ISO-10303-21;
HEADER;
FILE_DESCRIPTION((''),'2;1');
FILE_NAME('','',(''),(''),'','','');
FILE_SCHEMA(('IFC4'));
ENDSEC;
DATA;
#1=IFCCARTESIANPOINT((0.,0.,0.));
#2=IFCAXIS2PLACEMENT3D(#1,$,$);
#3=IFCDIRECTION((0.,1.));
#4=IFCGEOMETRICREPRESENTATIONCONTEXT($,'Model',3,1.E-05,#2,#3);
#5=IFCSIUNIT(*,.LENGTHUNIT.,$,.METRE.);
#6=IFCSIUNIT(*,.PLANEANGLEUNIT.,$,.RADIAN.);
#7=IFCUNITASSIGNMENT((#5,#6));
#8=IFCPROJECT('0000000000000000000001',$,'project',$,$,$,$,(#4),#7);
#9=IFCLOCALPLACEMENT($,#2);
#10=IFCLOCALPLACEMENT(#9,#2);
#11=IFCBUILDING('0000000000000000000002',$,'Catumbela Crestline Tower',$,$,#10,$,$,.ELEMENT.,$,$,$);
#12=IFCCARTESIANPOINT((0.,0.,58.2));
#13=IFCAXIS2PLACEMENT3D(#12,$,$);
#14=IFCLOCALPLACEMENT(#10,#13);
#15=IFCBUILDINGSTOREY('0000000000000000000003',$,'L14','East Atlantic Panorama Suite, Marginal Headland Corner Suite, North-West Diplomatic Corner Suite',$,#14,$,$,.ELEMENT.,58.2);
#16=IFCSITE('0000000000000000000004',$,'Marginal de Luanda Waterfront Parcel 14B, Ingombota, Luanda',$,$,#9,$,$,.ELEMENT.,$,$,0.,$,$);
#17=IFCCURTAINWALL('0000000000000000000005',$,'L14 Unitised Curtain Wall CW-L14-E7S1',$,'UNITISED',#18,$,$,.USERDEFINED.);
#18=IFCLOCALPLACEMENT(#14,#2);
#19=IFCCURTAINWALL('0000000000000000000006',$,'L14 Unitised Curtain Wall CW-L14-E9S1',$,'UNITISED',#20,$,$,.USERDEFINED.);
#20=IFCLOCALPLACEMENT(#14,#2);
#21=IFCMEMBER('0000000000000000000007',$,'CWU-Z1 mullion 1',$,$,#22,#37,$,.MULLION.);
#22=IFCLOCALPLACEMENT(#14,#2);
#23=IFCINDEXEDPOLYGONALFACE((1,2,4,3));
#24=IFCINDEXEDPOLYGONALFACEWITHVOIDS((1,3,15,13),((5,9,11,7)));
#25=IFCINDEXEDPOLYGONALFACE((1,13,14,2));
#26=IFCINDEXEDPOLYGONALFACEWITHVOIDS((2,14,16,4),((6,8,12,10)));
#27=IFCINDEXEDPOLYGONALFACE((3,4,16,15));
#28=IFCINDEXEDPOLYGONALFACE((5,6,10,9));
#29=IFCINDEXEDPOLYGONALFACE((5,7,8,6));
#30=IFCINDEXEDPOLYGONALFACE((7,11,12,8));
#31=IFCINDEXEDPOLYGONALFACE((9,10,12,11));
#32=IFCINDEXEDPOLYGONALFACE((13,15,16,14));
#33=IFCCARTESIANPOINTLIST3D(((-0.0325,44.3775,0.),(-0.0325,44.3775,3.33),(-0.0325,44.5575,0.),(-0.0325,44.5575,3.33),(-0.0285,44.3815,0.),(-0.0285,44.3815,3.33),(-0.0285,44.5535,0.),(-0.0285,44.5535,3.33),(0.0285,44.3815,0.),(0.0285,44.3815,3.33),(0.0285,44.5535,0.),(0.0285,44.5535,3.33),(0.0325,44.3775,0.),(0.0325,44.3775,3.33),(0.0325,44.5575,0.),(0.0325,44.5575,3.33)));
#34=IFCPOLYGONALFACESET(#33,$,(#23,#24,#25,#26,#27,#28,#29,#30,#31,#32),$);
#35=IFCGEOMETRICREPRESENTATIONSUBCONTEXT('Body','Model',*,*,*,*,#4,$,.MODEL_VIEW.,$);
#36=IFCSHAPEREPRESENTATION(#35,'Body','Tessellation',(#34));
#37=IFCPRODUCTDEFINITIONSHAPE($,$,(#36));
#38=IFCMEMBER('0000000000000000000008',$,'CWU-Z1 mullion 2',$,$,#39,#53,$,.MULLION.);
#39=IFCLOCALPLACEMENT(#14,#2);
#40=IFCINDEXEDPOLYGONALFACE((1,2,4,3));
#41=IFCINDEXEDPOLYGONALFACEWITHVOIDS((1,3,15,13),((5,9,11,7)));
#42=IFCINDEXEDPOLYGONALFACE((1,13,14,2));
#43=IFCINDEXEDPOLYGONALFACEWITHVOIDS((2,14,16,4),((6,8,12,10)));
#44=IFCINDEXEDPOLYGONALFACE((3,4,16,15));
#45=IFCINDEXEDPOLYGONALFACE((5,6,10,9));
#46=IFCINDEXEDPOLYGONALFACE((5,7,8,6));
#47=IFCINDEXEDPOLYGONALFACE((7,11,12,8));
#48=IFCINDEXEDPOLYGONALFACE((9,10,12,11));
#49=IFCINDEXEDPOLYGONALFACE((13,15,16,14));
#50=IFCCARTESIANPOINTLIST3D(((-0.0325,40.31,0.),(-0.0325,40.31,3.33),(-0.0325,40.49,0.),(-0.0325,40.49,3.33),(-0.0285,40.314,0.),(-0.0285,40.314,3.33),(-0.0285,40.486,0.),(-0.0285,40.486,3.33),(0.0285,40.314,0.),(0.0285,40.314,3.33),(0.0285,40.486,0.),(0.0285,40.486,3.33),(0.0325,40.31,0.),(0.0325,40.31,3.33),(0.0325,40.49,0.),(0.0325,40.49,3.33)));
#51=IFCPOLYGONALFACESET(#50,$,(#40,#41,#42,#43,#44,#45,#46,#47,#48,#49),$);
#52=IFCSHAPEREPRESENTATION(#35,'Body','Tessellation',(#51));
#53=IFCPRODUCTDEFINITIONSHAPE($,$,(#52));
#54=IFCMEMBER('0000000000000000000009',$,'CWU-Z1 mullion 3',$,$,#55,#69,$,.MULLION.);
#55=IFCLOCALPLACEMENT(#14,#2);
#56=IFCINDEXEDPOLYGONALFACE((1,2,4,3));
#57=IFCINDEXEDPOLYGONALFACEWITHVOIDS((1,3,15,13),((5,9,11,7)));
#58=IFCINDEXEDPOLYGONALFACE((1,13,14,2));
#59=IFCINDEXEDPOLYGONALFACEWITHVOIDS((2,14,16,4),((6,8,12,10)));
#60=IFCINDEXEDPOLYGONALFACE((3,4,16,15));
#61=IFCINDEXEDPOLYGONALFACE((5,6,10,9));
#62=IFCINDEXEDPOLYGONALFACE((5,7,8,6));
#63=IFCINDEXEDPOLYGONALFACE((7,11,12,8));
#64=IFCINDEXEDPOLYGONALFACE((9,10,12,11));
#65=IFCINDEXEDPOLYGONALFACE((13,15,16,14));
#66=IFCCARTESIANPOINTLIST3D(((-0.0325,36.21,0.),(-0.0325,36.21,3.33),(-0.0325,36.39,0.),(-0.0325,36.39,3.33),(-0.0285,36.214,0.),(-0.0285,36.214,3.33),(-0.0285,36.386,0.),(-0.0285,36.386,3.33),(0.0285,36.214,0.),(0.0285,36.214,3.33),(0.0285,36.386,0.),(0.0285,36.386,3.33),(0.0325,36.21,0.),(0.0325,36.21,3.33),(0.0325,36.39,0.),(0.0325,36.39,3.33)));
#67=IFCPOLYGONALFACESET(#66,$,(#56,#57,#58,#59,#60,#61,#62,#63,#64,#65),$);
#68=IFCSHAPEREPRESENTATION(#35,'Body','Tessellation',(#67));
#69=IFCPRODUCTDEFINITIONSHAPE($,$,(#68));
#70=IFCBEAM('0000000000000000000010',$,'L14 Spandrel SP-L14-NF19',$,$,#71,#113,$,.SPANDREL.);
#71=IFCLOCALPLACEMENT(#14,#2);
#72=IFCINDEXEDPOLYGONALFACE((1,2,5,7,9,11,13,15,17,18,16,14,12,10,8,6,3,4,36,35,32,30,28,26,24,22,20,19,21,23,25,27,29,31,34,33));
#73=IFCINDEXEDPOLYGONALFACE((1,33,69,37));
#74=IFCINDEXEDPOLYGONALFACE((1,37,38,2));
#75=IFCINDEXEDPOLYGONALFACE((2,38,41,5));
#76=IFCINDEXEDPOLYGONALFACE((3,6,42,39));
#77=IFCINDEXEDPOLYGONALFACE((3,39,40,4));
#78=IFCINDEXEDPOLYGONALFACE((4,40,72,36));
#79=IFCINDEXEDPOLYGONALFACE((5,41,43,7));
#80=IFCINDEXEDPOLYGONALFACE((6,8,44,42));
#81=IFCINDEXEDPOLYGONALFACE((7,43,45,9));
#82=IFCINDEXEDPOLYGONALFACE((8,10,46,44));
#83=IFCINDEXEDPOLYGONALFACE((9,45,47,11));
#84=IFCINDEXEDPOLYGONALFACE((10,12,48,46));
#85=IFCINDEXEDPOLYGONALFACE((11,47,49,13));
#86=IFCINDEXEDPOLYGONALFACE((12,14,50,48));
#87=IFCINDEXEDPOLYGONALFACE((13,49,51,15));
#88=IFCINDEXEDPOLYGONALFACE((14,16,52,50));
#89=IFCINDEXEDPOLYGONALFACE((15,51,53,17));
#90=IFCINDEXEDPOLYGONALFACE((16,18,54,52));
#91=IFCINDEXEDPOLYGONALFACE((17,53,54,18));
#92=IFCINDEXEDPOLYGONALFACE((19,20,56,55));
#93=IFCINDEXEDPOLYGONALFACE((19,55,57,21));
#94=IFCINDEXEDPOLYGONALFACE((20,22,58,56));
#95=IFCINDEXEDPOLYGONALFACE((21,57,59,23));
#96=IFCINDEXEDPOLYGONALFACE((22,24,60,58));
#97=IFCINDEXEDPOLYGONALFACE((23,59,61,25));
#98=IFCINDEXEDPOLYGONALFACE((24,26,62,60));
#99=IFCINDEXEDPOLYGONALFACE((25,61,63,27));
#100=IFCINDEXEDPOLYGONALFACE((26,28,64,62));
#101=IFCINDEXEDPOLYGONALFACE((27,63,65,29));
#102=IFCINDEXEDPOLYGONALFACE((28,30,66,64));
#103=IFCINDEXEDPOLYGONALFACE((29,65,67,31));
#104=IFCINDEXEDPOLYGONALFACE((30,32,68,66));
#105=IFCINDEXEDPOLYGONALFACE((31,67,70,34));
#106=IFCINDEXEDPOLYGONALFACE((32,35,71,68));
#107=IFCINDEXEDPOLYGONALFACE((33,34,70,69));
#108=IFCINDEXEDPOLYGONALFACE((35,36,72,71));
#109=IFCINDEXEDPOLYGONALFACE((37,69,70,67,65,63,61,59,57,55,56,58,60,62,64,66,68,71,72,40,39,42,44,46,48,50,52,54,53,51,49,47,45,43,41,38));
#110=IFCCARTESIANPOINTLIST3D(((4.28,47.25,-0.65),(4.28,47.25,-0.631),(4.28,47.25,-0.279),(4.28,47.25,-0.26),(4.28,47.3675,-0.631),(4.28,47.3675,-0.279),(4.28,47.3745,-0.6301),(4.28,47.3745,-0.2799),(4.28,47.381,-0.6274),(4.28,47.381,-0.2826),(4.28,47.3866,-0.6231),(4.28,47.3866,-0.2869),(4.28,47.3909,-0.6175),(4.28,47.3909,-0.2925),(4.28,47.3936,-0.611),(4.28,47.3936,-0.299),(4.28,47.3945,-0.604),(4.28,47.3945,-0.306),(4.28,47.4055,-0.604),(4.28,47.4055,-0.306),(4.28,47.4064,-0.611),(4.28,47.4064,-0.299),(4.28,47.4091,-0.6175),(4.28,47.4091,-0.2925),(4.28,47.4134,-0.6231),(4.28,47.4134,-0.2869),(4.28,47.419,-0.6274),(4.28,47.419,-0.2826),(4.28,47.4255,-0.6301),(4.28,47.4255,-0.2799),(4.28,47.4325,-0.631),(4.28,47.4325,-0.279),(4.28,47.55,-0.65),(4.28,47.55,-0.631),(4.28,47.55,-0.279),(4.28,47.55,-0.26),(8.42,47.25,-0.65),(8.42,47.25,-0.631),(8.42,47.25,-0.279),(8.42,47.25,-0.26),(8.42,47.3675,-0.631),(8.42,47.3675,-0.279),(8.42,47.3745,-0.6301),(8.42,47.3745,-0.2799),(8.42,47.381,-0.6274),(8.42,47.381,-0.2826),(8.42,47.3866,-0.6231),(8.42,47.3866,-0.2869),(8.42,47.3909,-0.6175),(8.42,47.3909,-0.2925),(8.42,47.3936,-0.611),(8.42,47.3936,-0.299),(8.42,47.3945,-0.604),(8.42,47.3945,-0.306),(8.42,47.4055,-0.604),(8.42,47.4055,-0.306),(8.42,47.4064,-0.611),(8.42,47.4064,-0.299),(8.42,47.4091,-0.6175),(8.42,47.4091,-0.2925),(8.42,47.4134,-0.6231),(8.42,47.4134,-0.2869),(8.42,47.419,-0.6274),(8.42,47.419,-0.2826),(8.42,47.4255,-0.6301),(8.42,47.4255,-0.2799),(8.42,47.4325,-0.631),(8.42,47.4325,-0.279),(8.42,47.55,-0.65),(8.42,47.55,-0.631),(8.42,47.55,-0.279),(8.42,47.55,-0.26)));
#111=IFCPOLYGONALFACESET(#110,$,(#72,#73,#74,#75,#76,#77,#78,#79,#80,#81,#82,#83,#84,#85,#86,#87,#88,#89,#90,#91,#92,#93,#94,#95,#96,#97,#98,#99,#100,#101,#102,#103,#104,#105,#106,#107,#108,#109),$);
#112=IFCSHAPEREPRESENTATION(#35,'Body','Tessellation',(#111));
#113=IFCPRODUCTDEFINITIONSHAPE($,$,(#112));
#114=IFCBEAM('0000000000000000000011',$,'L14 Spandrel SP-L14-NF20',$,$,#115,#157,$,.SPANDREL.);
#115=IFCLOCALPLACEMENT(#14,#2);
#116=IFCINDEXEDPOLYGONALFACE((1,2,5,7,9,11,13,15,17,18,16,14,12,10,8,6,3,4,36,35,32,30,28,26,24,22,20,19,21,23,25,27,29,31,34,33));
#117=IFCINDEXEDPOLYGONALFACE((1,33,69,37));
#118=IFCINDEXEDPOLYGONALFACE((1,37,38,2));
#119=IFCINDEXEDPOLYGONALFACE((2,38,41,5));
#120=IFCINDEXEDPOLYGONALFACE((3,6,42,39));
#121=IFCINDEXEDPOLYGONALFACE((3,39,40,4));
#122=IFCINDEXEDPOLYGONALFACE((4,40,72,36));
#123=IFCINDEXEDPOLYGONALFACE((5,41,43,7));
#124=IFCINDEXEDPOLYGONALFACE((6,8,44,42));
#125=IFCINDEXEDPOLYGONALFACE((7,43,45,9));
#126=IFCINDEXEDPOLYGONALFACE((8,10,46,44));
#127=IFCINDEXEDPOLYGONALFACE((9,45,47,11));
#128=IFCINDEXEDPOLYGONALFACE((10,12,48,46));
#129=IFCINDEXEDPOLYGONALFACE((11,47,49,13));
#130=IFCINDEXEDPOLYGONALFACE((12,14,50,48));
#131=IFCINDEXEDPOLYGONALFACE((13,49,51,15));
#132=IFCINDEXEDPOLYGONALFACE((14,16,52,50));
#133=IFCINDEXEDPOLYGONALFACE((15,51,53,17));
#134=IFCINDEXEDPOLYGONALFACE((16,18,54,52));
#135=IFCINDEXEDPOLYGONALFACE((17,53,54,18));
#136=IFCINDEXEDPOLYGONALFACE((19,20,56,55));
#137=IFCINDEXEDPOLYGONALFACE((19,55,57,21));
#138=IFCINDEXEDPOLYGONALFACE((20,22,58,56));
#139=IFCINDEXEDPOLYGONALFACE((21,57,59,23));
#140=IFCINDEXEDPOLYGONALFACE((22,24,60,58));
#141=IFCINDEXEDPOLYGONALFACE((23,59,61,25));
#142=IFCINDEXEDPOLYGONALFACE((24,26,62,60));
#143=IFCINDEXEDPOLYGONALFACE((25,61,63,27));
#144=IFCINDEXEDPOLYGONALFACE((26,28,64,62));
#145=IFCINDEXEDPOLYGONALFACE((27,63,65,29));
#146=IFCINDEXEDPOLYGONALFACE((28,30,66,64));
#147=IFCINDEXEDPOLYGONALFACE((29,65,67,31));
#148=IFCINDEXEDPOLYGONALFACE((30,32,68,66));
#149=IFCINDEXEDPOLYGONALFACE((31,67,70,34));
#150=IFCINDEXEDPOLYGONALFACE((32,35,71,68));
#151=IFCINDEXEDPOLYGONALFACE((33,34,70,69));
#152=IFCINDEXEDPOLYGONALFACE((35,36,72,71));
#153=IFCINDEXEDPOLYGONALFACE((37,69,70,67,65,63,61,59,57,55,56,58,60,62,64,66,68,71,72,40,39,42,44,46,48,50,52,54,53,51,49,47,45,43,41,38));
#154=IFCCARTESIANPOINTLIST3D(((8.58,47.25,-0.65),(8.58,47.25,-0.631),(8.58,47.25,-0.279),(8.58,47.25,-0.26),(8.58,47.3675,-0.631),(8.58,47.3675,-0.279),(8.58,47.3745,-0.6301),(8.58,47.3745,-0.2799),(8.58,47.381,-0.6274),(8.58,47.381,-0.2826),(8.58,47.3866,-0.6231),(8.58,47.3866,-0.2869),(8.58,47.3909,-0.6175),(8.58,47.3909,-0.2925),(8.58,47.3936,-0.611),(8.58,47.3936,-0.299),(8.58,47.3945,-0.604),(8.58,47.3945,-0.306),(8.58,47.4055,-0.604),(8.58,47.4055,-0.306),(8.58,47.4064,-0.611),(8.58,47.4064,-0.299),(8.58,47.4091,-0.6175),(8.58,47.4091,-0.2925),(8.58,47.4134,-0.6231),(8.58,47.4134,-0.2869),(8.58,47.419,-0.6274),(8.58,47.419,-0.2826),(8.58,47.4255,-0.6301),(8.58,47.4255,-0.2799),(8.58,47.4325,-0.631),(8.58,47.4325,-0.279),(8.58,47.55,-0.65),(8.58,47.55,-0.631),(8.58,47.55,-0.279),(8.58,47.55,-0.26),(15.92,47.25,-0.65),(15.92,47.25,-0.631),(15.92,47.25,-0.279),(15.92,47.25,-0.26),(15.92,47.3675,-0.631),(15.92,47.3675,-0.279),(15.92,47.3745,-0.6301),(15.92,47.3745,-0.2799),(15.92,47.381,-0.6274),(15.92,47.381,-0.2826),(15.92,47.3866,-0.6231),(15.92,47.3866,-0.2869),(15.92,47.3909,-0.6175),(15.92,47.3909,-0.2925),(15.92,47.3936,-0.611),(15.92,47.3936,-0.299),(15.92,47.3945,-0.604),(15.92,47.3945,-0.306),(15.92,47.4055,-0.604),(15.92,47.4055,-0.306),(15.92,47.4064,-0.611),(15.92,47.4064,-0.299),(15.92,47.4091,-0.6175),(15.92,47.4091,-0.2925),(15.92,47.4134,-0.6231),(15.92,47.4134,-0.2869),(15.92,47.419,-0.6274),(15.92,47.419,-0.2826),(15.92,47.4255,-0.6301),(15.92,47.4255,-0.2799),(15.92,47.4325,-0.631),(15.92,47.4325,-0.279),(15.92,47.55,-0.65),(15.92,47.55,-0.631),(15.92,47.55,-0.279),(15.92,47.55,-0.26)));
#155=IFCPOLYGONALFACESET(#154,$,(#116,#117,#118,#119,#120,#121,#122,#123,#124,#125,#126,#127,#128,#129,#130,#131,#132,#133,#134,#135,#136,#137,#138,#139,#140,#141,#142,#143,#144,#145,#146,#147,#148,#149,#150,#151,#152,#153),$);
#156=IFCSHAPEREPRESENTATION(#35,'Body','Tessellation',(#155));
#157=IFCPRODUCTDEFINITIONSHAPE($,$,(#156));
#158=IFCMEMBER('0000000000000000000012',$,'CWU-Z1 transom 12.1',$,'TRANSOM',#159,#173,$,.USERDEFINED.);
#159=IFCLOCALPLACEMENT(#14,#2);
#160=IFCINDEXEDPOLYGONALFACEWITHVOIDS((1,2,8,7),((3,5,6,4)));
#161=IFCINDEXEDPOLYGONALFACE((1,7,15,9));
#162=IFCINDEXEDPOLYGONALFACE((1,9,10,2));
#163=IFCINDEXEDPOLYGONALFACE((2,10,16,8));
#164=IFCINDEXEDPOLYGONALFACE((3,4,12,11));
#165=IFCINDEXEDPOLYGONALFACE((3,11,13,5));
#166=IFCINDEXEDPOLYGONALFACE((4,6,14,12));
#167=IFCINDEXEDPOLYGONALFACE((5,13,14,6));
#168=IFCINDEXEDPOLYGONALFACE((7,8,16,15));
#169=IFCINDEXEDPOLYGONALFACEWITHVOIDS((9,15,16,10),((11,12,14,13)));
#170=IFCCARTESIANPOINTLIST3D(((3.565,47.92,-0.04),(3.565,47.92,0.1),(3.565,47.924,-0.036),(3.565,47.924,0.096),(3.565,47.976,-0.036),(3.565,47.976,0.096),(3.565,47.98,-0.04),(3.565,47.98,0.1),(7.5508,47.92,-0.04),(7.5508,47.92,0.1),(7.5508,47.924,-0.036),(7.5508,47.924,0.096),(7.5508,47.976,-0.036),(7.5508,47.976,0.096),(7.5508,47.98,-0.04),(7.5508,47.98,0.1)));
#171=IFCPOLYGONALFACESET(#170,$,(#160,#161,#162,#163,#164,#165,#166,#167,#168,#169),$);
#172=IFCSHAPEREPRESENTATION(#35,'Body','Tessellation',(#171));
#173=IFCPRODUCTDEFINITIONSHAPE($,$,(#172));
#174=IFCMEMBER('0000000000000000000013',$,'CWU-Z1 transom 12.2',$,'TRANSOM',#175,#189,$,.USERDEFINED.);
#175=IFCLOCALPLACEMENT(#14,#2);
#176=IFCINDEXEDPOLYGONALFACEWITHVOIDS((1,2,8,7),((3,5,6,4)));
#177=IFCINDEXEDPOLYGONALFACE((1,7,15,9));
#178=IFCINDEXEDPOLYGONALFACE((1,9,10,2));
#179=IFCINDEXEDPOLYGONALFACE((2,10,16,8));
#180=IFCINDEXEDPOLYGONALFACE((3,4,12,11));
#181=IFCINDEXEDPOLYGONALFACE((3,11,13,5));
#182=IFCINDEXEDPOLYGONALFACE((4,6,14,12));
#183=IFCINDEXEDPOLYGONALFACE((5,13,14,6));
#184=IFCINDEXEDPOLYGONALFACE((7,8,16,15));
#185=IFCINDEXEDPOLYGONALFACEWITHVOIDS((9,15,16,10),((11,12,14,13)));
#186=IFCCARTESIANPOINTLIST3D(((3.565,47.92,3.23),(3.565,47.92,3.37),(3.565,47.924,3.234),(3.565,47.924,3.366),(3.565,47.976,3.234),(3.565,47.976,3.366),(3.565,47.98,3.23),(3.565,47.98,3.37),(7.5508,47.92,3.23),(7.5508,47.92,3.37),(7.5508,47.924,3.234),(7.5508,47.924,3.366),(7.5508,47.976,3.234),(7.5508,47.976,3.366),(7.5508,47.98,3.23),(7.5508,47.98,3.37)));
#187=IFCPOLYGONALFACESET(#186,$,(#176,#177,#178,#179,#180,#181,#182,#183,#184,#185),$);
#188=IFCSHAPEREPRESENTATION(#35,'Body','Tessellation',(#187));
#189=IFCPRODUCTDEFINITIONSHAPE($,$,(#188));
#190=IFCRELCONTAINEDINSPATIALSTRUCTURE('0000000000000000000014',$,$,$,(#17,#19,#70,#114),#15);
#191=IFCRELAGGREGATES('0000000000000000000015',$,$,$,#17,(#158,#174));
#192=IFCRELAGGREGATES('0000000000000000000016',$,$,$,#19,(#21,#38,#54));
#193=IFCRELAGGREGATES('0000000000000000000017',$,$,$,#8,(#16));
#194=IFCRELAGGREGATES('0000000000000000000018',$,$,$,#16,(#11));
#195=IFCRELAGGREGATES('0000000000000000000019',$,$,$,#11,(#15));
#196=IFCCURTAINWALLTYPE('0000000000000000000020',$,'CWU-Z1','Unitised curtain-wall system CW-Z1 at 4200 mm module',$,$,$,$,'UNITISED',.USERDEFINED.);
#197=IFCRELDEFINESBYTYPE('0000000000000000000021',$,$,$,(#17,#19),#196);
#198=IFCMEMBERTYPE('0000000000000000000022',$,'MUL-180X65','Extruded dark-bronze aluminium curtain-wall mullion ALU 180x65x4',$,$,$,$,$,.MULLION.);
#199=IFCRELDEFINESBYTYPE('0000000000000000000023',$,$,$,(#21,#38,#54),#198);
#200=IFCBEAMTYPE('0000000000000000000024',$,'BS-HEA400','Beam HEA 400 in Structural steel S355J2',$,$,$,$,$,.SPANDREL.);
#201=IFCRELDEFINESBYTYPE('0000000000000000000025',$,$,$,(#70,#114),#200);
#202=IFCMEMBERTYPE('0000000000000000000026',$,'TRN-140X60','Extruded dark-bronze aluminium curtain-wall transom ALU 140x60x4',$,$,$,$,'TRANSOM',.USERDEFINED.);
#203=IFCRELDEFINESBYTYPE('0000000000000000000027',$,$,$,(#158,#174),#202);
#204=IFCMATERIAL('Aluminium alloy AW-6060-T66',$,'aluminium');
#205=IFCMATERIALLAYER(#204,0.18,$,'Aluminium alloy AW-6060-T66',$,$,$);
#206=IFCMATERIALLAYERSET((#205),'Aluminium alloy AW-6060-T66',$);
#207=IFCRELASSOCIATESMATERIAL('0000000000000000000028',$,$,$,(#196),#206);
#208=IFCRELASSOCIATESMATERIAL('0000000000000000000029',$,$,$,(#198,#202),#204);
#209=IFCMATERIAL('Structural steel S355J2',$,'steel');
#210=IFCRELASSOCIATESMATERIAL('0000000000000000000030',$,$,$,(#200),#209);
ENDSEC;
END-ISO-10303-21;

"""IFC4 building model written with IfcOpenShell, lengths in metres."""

from ifc_helpers import new_model, si_unit, direction, frame, origin, origin_2d, place, context, subcontext, project, spatial, hollow_rectangle, i_section, extrude, material, layer, layer_set, material_profile, profile_set, type_object, element, aggregate, save


model = new_model("IFC4")

# Units and contexts
model_context = context("Model", 3, precision=1e-05, world=origin(), true_north=direction((0.0, 1.0)))
body_context = subcontext(model_context, "Body", "Model", "MODEL_VIEW")
ifc_project = project(units=[si_unit("LENGTHUNIT", "METRE"), si_unit("PLANEANGLEUNIT", "RADIAN")], contexts=[model_context])

# Site, building, storey
site_placement = place(None, origin())
site = spatial("IfcSite", under=ifc_project, at=site_placement, Name="Marginal de Luanda Waterfront Parcel 14B, Ingombota, Luanda", CompositionType="ELEMENT", RefElevation=0.0)
building_placement = place(site_placement, origin())
building = spatial("IfcBuilding", under=site, at=building_placement, Name="Catumbela Crestline Tower", CompositionType="ELEMENT")
storey_placement = place(building_placement, frame((0.0, 0.0, 58.2)))
storey = spatial("IfcBuildingStorey", under=building, at=storey_placement, Name="L14", Description="East Atlantic Panorama Suite, Marginal Headland Corner Suite, North-West Diplomatic Corner Suite", CompositionType="ELEMENT", Elevation=58.2)

# Shared definitions
ifc_material_1 = material(Name="Structural steel S355J2", Category="steel")

# Curtain walls, members
ifc_material_2 = material(Name="Aluminium alloy AW-6060-T66", Category="aluminium")
ifc_layer_1 = layer(ifc_material_2, 0.18, Name="Aluminium alloy AW-6060-T66")
ifc_layer_set_1 = layer_set([ifc_layer_1], Name="Aluminium alloy AW-6060-T66")
curtain_wall_type = type_object("IfcCurtainWallType", Name="CWU-Z1", Description="Unitised curtain-wall system CW-Z1 at 4200 mm module", ElementType="UNITISED", PredefinedType="USERDEFINED", material=ifc_layer_set_1)
curtain_wall_1_placement = place(storey_placement, origin())
curtain_wall_1 = element("IfcCurtainWall", 1, at=curtain_wall_1_placement, inside=storey, type_object=curtain_wall_type, Name="L14 Unitised Curtain Wall CW-L14-E7S1", ObjectType="UNITISED", PredefinedType="USERDEFINED")
ifc_material_profile_1 = material_profile(ifc_material_2, hollow_rectangle(XDim=0.065, YDim=0.18, WallThickness=0.004, at=origin_2d()), Name="ALU 180x65x4")
ifc_profile_set_1 = profile_set([ifc_material_profile_1], Name="Aluminium alloy AW-6060-T66")
member_type_1 = type_object("IfcMemberType", Name="MUL-180X65", Description="Extruded dark-bronze aluminium curtain-wall mullion ALU 180x65x4", PredefinedType="MULLION", material=ifc_profile_set_1)
curtain_wall_2_placement = place(storey_placement, origin())
curtain_wall_2 = element("IfcCurtainWall", 2, at=curtain_wall_2_placement, inside=storey, type_object=curtain_wall_type, Name="L14 Unitised Curtain Wall CW-L14-E9S1", ObjectType="UNITISED", PredefinedType="USERDEFINED")
member_1_placement = place(storey_placement, frame((0.0, 44.4675, 0.0), z_axis=(0.0, 0.0, 1.0), x_axis=(1.0, 0.0, 0.0)))
member_1 = element("IfcMember", 3, at=member_1_placement, type_object=member_type_1, Name="CWU-Z1 mullion 1", PredefinedType="MULLION", context=body_context, shape_type="SweptSolid", body=[
    extrude(hollow_rectangle(XDim=0.065, YDim=0.18, WallThickness=0.004, at=origin_2d()), origin(), (0.0, 0.0, 1.0), 3.33),
])
member_2_placement = place(storey_placement, frame((0.0, 40.4, 0.0), z_axis=(0.0, 0.0, 1.0), x_axis=(1.0, 0.0, 0.0)))
member_2 = element("IfcMember", 4, at=member_2_placement, type_object=member_type_1, Name="CWU-Z1 mullion 2", PredefinedType="MULLION", context=body_context, shape_type="SweptSolid", body=[
    extrude(hollow_rectangle(XDim=0.065, YDim=0.18, WallThickness=0.004, at=origin_2d()), origin(), (0.0, 0.0, 1.0), 3.33),
])
member_3_placement = place(storey_placement, frame((0.0, 36.3, 0.0), z_axis=(0.0, 0.0, 1.0), x_axis=(1.0, 0.0, 0.0)))
member_3 = element("IfcMember", 5, at=member_3_placement, type_object=member_type_1, Name="CWU-Z1 mullion 3", PredefinedType="MULLION", context=body_context, shape_type="SweptSolid", body=[
    extrude(hollow_rectangle(XDim=0.065, YDim=0.18, WallThickness=0.004, at=origin_2d()), origin(), (0.0, 0.0, 1.0), 3.33),
])

# Beams
ifc_material_profile_2 = material_profile(ifc_material_1, i_section(OverallWidth=0.3, OverallDepth=0.39, WebThickness=0.011, FlangeThickness=0.019, FilletRadius=0.027, at=origin_2d()), Name="HEA 400")
ifc_profile_set_2 = profile_set([ifc_material_profile_2], Name="Structural steel S355J2")
beam_type_1 = type_object("IfcBeamType", Name="BS-HEA400", Description="Beam HEA 400 in Structural steel S355J2", PredefinedType="SPANDREL", material=ifc_profile_set_2)
beam_1_placement = place(storey_placement, frame((4.28, 47.4, -0.455), z_axis=(1.0, 0.0, 0.0), x_axis=(0.0, 1.0, 0.0)))
element("IfcBeam", 6, at=beam_1_placement, inside=storey, type_object=beam_type_1, Name="L14 Spandrel SP-L14-NF19", PredefinedType="SPANDREL", context=body_context, shape_type="SweptSolid", body=[
    extrude(i_section(OverallWidth=0.3, OverallDepth=0.39, WebThickness=0.011, FlangeThickness=0.019, FilletRadius=0.027, at=origin_2d()), origin(), (0.0, 0.0, 1.0), 4.14),
])
beam_2_placement = place(storey_placement, frame((8.58, 47.4, -0.455), z_axis=(1.0, 0.0, 0.0), x_axis=(0.0, 1.0, 0.0)))
element("IfcBeam", 7, at=beam_2_placement, inside=storey, type_object=beam_type_1, Name="L14 Spandrel SP-L14-NF20", PredefinedType="SPANDREL", context=body_context, shape_type="SweptSolid", body=[
    extrude(i_section(OverallWidth=0.3, OverallDepth=0.39, WebThickness=0.011, FlangeThickness=0.019, FilletRadius=0.027, at=origin_2d()), origin(), (0.0, 0.0, 1.0), 7.34),
])

# Members
ifc_material_profile_3 = material_profile(ifc_material_2, hollow_rectangle(XDim=0.06, YDim=0.14, WallThickness=0.004, at=origin_2d()), Name="ALU 140x60x4")
ifc_profile_set_3 = profile_set([ifc_material_profile_3], Name="Aluminium alloy AW-6060-T66")
member_type_2 = type_object("IfcMemberType", Name="TRN-140X60", Description="Extruded dark-bronze aluminium curtain-wall transom ALU 140x60x4", ElementType="TRANSOM", PredefinedType="USERDEFINED", material=ifc_profile_set_3)
member_4_placement = place(storey_placement, frame((7.5508, 47.95, 0.03), z_axis=(-1.0, 0.0, 0.0), x_axis=(0.0, -1.0, 0.0)))
member_4 = element("IfcMember", 8, at=member_4_placement, type_object=member_type_2, Name="CWU-Z1 transom 12.1", ObjectType="TRANSOM", PredefinedType="USERDEFINED", context=body_context, shape_type="SweptSolid", body=[
    extrude(hollow_rectangle(XDim=0.06, YDim=0.14, WallThickness=0.004, at=origin_2d()), origin(), (0.0, 0.0, 1.0), 3.9858),
])
member_5_placement = place(storey_placement, frame((7.5508, 47.95, 3.3), z_axis=(-1.0, 0.0, 0.0), x_axis=(0.0, -1.0, 0.0)))
member_5 = element("IfcMember", 9, at=member_5_placement, type_object=member_type_2, Name="CWU-Z1 transom 12.2", ObjectType="TRANSOM", PredefinedType="USERDEFINED", context=body_context, shape_type="SweptSolid", body=[
    extrude(hollow_rectangle(XDim=0.06, YDim=0.14, WallThickness=0.004, at=origin_2d()), origin(), (0.0, 0.0, 1.0), 3.9858),
])

aggregate(curtain_wall_1, [member_4, member_5])
aggregate(curtain_wall_2, [member_1, member_2, member_3])

save(model, "model.ifc")
